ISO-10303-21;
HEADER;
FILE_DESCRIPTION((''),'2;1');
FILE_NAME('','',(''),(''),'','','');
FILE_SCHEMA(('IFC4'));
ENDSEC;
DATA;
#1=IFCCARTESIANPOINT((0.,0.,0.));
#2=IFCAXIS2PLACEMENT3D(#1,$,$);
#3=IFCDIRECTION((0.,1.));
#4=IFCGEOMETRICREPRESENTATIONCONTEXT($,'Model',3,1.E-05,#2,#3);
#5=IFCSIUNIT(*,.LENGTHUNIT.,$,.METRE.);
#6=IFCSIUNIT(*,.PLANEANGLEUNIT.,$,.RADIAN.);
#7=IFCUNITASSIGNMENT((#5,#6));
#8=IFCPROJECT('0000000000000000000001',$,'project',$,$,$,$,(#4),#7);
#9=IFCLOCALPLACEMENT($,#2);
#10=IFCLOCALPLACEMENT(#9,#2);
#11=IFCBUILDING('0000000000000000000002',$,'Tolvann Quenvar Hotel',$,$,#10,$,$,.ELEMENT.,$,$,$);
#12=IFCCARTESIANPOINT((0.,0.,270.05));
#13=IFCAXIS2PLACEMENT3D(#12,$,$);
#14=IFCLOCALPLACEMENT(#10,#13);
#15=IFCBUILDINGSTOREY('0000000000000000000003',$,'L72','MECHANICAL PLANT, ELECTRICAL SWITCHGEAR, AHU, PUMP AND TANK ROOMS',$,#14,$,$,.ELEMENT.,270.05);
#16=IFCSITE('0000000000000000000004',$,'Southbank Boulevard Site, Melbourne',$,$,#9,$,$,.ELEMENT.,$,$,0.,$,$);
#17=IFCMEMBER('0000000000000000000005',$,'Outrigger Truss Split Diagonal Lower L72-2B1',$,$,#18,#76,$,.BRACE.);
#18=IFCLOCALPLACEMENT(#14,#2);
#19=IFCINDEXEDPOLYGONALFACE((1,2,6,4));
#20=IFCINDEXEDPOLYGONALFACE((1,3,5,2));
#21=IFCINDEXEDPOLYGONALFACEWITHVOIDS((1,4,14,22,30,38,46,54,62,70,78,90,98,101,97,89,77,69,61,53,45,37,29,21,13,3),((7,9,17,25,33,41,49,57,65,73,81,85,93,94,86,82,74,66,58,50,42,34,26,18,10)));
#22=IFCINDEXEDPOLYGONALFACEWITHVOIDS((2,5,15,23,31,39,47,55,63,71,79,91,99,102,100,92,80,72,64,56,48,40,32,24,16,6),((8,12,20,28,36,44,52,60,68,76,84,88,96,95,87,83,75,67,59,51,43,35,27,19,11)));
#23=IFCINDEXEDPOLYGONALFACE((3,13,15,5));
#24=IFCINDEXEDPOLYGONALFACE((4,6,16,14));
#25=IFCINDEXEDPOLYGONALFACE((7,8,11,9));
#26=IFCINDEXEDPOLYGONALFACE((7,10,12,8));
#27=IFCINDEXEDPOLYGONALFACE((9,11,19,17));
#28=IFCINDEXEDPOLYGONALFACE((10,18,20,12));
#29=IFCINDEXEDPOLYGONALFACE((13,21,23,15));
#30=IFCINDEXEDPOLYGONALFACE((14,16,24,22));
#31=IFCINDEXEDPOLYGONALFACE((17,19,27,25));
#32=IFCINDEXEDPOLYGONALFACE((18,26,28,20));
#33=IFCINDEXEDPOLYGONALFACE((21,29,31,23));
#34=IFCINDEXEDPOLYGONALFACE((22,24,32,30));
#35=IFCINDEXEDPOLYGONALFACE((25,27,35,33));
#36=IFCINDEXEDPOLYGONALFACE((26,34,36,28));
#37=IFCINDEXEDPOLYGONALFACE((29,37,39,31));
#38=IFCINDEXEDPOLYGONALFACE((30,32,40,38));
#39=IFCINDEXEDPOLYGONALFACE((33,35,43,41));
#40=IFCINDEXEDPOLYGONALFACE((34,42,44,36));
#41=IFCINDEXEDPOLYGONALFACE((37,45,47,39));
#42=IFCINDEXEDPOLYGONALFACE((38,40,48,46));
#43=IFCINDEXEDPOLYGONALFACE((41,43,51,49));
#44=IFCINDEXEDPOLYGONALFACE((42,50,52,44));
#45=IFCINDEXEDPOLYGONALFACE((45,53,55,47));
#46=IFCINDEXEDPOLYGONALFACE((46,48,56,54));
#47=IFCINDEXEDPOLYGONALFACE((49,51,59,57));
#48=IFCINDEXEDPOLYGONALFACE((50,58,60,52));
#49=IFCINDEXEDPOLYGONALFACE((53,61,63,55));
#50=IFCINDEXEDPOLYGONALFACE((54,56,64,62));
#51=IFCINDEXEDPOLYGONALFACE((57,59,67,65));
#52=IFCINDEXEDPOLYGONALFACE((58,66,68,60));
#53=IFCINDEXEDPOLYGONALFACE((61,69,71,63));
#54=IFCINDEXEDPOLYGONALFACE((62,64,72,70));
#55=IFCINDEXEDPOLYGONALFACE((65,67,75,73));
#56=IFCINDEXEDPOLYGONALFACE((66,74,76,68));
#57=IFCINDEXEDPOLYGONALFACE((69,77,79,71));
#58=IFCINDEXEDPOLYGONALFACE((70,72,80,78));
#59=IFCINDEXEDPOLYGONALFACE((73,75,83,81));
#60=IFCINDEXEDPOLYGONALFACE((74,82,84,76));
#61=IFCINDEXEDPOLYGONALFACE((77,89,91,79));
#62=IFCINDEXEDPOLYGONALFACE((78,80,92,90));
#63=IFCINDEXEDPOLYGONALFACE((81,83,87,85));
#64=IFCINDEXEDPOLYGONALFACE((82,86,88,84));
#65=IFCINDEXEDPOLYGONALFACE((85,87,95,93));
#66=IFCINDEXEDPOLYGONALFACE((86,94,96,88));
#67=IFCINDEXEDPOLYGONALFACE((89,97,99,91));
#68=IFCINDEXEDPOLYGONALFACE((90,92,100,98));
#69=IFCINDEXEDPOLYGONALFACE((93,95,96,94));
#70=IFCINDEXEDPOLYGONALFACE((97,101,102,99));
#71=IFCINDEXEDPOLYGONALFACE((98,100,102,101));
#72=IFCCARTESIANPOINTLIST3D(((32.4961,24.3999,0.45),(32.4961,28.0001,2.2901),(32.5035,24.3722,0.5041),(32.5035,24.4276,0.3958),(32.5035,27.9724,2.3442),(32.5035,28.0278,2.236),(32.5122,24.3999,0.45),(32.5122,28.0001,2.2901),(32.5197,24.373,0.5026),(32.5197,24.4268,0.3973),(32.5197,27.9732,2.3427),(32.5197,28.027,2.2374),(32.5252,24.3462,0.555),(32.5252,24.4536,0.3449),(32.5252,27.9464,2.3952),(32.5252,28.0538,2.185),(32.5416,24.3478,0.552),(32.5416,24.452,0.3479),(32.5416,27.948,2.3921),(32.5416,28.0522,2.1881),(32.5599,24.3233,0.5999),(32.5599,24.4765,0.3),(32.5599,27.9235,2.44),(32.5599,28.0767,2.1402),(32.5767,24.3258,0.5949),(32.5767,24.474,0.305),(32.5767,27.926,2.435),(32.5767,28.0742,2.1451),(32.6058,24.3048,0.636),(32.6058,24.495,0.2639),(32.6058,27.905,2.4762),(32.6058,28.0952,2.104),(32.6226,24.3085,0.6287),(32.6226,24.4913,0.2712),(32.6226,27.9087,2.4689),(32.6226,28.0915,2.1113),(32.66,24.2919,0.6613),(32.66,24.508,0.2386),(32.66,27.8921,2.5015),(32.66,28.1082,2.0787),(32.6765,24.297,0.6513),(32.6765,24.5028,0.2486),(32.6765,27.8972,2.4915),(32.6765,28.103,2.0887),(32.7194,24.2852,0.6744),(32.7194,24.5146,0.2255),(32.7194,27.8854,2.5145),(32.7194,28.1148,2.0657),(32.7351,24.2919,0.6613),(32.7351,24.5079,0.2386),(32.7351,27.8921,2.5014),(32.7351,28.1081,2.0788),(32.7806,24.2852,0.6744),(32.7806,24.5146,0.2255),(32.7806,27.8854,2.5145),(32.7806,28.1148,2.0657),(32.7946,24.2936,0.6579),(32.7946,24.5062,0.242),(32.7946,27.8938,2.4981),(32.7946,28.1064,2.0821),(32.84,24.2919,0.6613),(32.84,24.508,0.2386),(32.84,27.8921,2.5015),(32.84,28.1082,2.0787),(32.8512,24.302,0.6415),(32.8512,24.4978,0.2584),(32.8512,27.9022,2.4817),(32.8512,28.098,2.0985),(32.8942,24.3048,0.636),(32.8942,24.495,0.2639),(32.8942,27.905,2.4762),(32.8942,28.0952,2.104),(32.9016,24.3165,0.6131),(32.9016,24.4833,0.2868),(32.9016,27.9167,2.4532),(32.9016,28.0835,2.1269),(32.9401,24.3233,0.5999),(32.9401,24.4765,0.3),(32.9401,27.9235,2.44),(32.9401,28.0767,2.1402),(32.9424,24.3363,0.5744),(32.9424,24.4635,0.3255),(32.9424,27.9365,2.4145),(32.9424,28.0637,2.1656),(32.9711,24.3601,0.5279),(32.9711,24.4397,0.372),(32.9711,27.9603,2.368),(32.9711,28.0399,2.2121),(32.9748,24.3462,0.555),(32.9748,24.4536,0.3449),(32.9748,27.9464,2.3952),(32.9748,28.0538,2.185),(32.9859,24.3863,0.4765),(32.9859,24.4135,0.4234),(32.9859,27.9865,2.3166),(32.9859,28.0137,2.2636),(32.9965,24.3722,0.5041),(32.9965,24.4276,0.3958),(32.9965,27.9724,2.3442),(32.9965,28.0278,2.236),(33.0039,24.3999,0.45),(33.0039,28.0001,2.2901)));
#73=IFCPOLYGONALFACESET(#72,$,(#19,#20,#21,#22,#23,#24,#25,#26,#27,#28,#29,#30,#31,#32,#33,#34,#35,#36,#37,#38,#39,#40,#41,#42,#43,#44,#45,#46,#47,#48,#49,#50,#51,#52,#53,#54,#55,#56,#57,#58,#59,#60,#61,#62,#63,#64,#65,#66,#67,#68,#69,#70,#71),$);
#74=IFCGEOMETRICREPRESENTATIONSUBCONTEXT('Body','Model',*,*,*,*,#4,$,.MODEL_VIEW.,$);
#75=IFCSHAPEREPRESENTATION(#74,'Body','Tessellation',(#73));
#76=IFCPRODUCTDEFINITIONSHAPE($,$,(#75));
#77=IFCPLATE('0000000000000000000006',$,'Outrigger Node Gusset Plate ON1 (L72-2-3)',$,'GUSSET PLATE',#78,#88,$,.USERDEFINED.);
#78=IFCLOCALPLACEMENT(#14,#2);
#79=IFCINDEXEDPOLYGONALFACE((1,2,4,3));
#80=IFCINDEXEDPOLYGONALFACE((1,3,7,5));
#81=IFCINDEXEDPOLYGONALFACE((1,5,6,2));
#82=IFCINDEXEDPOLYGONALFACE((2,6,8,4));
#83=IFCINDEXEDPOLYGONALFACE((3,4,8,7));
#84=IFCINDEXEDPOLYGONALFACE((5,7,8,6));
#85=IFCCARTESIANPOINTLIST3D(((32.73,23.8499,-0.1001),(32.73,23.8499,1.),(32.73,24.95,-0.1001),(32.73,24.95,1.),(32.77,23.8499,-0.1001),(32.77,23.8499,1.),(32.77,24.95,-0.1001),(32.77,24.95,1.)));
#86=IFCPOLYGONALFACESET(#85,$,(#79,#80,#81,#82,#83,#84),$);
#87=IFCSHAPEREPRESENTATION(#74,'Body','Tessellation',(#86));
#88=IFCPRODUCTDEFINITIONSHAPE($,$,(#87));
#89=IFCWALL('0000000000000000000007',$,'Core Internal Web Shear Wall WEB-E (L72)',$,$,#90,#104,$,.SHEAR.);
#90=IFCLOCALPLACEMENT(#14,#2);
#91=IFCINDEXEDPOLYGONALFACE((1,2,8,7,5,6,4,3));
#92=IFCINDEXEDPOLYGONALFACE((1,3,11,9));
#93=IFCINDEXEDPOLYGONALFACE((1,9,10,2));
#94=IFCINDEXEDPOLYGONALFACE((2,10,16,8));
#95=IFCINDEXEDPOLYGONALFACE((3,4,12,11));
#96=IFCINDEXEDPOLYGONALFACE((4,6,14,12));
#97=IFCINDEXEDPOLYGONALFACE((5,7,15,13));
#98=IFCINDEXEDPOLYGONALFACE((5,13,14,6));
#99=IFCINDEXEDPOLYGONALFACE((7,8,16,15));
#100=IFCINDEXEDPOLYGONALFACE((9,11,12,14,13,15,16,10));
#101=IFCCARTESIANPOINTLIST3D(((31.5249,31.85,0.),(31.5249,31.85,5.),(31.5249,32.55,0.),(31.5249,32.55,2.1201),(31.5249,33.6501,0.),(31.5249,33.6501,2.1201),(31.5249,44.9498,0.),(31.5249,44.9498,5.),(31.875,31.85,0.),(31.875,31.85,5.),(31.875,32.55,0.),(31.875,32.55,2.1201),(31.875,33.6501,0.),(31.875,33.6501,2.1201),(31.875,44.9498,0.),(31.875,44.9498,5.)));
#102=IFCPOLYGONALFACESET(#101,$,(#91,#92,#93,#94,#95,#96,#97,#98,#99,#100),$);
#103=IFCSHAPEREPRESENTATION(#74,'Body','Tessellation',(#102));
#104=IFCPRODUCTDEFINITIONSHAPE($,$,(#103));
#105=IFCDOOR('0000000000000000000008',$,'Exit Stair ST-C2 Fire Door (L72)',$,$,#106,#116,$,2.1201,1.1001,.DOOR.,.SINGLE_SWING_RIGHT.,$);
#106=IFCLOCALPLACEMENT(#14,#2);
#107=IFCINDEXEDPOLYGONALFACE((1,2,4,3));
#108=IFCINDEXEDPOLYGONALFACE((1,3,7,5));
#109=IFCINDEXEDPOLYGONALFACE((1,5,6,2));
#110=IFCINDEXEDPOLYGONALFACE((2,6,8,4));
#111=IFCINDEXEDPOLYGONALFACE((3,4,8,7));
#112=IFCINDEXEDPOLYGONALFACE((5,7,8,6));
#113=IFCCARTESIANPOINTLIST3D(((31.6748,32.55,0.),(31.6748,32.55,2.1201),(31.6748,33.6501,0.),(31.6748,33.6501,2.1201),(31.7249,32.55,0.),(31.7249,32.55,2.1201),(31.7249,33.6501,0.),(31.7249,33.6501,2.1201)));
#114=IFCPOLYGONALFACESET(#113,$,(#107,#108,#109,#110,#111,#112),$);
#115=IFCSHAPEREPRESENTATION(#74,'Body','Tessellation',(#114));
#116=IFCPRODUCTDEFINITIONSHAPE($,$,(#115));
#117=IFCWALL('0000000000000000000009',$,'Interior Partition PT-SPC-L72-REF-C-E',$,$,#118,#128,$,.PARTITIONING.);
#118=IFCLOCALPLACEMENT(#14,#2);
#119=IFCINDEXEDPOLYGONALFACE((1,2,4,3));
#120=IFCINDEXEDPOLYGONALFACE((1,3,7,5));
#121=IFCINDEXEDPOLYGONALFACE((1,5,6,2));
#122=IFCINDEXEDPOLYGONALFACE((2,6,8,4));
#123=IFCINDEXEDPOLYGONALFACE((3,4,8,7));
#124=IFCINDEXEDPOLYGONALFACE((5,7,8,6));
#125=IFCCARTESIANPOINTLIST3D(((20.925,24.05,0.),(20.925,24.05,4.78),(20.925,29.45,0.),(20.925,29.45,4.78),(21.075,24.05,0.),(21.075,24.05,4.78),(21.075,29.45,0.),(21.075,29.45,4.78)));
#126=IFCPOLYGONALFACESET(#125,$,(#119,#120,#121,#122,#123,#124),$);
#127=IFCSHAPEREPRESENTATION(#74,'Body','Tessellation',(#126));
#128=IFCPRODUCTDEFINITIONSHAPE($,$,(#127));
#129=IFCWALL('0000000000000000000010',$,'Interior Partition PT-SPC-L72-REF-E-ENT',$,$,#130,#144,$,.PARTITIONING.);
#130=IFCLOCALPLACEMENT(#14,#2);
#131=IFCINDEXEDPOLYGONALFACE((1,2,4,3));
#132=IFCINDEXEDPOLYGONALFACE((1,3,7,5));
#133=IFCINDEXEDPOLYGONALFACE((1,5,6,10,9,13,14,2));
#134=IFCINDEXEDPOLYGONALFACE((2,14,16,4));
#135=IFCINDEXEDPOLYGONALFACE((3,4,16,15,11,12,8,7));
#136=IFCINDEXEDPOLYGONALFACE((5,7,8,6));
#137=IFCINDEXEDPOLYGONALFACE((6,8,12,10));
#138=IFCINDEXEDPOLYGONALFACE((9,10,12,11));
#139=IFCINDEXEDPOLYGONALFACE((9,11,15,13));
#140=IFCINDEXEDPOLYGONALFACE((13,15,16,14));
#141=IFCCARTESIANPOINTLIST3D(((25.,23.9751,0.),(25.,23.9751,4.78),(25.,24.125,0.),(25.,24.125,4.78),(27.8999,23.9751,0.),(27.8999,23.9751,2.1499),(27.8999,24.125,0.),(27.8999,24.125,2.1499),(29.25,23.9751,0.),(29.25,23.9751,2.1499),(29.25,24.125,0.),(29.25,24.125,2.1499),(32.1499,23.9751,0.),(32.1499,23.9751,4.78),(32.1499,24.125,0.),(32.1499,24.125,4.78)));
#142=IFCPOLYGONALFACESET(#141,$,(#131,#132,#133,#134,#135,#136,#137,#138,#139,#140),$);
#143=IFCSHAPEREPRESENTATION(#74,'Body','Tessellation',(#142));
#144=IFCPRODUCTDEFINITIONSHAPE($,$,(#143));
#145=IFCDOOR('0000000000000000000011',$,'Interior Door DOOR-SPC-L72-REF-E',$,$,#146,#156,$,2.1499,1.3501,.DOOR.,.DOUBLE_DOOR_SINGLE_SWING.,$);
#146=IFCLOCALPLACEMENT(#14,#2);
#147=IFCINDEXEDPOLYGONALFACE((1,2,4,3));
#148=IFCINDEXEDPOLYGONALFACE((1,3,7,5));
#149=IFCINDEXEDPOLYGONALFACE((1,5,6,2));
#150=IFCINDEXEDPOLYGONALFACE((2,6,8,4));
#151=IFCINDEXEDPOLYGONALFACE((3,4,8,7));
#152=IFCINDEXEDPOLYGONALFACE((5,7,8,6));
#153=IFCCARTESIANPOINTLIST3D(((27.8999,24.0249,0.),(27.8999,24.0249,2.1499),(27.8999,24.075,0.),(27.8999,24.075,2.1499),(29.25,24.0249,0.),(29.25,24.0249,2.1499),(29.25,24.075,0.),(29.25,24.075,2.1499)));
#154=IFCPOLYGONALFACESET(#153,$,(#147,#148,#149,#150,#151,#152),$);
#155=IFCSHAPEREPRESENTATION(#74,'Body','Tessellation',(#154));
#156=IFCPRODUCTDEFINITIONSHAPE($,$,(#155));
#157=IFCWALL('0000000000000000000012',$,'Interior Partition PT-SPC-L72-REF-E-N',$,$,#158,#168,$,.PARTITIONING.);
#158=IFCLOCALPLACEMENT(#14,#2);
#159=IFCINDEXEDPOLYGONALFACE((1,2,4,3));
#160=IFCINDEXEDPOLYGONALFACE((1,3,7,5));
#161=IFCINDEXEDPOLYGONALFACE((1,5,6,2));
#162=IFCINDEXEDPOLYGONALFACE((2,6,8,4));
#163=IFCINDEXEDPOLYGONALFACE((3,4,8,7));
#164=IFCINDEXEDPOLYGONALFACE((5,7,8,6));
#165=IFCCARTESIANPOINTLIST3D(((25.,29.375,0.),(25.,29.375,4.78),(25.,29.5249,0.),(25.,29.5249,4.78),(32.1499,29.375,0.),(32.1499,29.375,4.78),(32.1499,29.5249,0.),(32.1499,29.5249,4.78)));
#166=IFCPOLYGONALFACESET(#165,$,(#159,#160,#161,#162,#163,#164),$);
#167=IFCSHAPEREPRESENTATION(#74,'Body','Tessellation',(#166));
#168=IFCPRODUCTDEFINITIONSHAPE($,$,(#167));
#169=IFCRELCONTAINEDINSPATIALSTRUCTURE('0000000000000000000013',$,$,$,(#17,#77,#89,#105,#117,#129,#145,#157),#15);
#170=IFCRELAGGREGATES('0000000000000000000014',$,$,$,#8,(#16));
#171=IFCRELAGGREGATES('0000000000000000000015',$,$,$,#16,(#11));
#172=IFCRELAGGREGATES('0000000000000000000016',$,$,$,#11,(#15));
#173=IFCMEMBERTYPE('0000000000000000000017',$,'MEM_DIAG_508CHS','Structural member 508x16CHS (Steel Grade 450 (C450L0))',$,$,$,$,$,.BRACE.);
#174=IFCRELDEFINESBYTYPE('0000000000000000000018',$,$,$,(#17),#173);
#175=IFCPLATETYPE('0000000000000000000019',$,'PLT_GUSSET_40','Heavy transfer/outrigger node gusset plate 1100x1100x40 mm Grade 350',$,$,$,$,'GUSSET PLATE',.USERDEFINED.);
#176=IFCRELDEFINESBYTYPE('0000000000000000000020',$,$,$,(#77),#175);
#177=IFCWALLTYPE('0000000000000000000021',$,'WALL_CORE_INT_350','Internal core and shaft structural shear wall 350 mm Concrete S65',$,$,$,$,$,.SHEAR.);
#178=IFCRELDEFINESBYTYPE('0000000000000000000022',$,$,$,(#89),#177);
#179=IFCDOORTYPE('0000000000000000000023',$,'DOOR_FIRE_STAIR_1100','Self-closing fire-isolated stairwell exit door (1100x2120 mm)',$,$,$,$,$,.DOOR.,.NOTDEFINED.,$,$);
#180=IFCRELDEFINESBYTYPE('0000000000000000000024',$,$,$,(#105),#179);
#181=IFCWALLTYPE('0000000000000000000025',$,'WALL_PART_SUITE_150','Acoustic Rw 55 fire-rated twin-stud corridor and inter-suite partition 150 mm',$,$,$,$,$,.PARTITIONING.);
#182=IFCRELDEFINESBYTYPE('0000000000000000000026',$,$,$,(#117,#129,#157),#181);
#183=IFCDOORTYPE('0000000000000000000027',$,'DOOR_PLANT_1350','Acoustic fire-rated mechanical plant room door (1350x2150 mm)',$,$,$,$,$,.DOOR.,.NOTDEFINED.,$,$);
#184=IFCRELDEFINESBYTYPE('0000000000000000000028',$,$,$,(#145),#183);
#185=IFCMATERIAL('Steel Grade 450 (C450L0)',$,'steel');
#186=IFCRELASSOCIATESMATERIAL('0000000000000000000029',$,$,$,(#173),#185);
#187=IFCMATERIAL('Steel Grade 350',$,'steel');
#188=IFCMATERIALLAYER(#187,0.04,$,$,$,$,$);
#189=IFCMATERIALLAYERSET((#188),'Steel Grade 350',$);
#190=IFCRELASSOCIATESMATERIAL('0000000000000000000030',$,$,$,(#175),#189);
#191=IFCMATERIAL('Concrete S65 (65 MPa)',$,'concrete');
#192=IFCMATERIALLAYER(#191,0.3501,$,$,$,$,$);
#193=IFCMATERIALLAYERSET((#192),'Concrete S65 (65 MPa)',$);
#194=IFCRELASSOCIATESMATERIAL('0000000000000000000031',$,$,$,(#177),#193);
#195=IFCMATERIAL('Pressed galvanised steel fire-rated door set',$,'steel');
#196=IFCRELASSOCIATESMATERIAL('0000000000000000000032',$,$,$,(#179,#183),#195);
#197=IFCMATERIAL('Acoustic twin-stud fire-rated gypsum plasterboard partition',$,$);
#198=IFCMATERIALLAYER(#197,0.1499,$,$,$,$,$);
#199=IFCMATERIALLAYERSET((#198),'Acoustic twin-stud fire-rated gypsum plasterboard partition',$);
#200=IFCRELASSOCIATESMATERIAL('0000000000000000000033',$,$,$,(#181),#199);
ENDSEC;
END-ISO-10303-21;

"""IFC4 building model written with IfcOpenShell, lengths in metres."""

from ifc_helpers import new_model, si_unit, direction, frame, frame_2d, origin, origin_2d, place, context, subcontext, project, spatial, rectangle, hollow_circle, extrude, source, transform, mapped, material, layer, layer_set, material_profile, profile_set, type_object, type_shapes, element, fill, save


model = new_model("IFC4")

# Units and contexts
model_context = context("Model", 3, precision=1e-05, world=origin(), true_north=direction((0.0, 1.0)))
body_context = subcontext(model_context, "Body", "Model", "MODEL_VIEW")
ifc_project = project(units=[si_unit("LENGTHUNIT", "METRE"), si_unit("PLANEANGLEUNIT", "RADIAN")], contexts=[model_context])

# Site, building, storey
site_placement = place(None, origin())
site = spatial("IfcSite", under=ifc_project, at=site_placement, Name="Southbank Boulevard Site, Melbourne", CompositionType="ELEMENT", RefElevation=0.0)
building_placement = place(site_placement, origin())
building = spatial("IfcBuilding", under=site, at=building_placement, Name="Tolvann Quenvar Hotel", CompositionType="ELEMENT")
storey_placement = place(building_placement, frame((0.0, 0.0, 270.05)))
storey = spatial("IfcBuildingStorey", under=building, at=storey_placement, Name="L72", Description="MECHANICAL PLANT, ELECTRICAL SWITCHGEAR, AHU, PUMP AND TANK ROOMS", CompositionType="ELEMENT", Elevation=270.05)

# Shared definitions
ifc_material_1 = material(Name="Steel Grade 350", Category="steel")

# Shared definitions
ifc_material_2 = material(Name="Steel Grade 450 (C450L0)", Category="steel")

# Member
ifc_material_profile_1 = material_profile(ifc_material_2, hollow_circle(Radius=0.2539, WallThickness=0.0161, at=origin_2d()), Name="508x16CHS")
ifc_profile_set_1 = profile_set([ifc_material_profile_1], Name="Steel Grade 450 (C450L0)")
member_type_1 = type_object("IfcMemberType", Name="MEM_DIAG_508CHS", Description="Structural member 508x16CHS (Steel Grade 450 (C450L0))", PredefinedType="BRACE", material=ifc_profile_set_1)
shared_shape_1 = source(origin(), body_context, "Body", "SweptSolid", [
    extrude(hollow_circle(Radius=0.2539, WallThickness=0.0161, at=origin_2d()), origin(), (0.0, 0.0, 1.0), 4.0432),
])
type_shapes(member_type_1, [shared_shape_1])
member_1_placement = place(storey_placement, frame((32.75, 24.3999, 0.45), z_axis=(0.0, 0.890431, 0.455119), x_axis=(-1.0, 0.0, 0.0)))
element("IfcMember", 1, at=member_1_placement, inside=storey, type_object=member_type_1, Name="Outrigger Truss Split Diagonal Lower L72-2B1", PredefinedType="BRACE", context=body_context, shape_type="MappedRepresentation", body=[
    mapped(shared_shape_1, transform((0.0, 0.0, 0.0), x_axis=(1.0, 0.0, 0.0), y_axis=(0.0, 1.0, 0.0), z_axis=(0.0, 0.0, 1.0), scale=1.0)),
])

# Plate
ifc_layer_1 = layer(ifc_material_1, 0.04)
ifc_layer_set_1 = layer_set([ifc_layer_1], Name="Steel Grade 350")
plate_type = type_object("IfcPlateType", Name="PLT_GUSSET_40", Description="Heavy transfer/outrigger node gusset plate 1100x1100x40 mm Grade 350", ElementType="GUSSET PLATE", PredefinedType="USERDEFINED", material=ifc_layer_set_1)
shared_shape_2 = source(origin(), body_context, "Body", "SweptSolid", [
    extrude(rectangle(XDim=0.04, YDim=1.1001, at=origin_2d()), origin(), (0.0, 0.0, 1.0), 1.1001),
])
type_shapes(plate_type, [shared_shape_2])
plate_placement = place(storey_placement, frame((32.75, 24.3999, -0.1001), z_axis=(0.0, 0.0, 1.0), x_axis=(1.0, 0.0, 0.0)))
element("IfcPlate", 2, at=plate_placement, inside=storey, type_object=plate_type, Name="Outrigger Node Gusset Plate ON1 (L72-2-3)", ObjectType="GUSSET PLATE", PredefinedType="USERDEFINED", context=body_context, shape_type="MappedRepresentation", body=[
    mapped(shared_shape_2, transform((0.0, 0.0, 0.0), x_axis=(1.0, 0.0, 0.0), y_axis=(0.0, 1.0, 0.0), z_axis=(0.0, 0.0, 1.0), scale=1.0)),
])

# Wall, opening, door
ifc_material_3 = material(Name="Concrete S65 (65 MPa)", Category="concrete")
ifc_layer_2 = layer(ifc_material_3, 0.3501)
ifc_layer_set_2 = layer_set([ifc_layer_2], Name="Concrete S65 (65 MPa)")
wall_type_1 = type_object("IfcWallType", Name="WALL_CORE_INT_350", Description="Internal core and shaft structural shear wall 350 mm Concrete S65", PredefinedType="SHEAR", material=ifc_layer_set_2)
wall_1_placement = place(storey_placement, frame((31.7, 31.8501, 0.0), z_axis=(0.0, 0.0, 1.0), x_axis=(0.0, 1.0, 0.0)))
wall_1 = element("IfcWall", 3, at=wall_1_placement, inside=storey, type_object=wall_type_1, Name="Core Internal Web Shear Wall WEB-E (L72)", PredefinedType="SHEAR", context=body_context, shape_type="SweptSolid", body=[
    extrude(rectangle(XDim=13.0999, YDim=0.3501, at=frame_2d((6.5498, 0.0))), origin(), (0.0, 0.0, 1.0), 5.0),
])
opening_1_placement = place(wall_1_placement, frame((1.8, 0.0, 0.0), z_axis=(0.0, 0.0, 1.0), x_axis=(-1.0, 0.0, 0.0)))
opening_1 = element("IfcOpeningElement", 4, at=opening_1_placement, cuts=wall_1, PredefinedType="OPENING", context=body_context, shape_type="SweptSolid", body=[
    extrude(rectangle(XDim=1.1001, YDim=2.1201, at=frame_2d((0.55, 1.0601))), frame((0.0, 0.1851, 0.0), z_axis=(0.0, -1.0, 0.0), x_axis=(1.0, 0.0, 0.0)), (0.0, 0.0, 1.0), 0.3701),
])
ifc_material_4 = material(Name="Pressed galvanised steel fire-rated door set", Category="steel")
door_type_1 = type_object("IfcDoorType", Name="DOOR_FIRE_STAIR_1100", Description="Self-closing fire-isolated stairwell exit door (1100x2120 mm)", OperationType="NOTDEFINED", PredefinedType="DOOR", material=ifc_material_4)
shared_shape_3 = source(origin(), body_context, "Body", "SweptSolid", [
    extrude(rectangle(XDim=1.1001, YDim=2.1201, at=frame_2d((0.55, 1.0601))), frame((0.0, 0.0249, 0.0), z_axis=(0.0, -1.0, 0.0), x_axis=(1.0, 0.0, 0.0)), (0.0, 0.0, 1.0), 0.05),
])
type_shapes(door_type_1, [shared_shape_3])
door_1_placement = place(opening_1_placement, origin())
door_1 = element("IfcDoor", 5, at=door_1_placement, inside=storey, type_object=door_type_1, Name="Exit Stair ST-C2 Fire Door (L72)", OperationType="SINGLE_SWING_RIGHT", OverallHeight=2.1201, OverallWidth=1.1001, PredefinedType="DOOR", context=body_context, shape_type="MappedRepresentation", body=[
    mapped(shared_shape_3, transform((0.0, 0.0, 0.0), x_axis=(1.0, 0.0, 0.0), y_axis=(0.0, 1.0, 0.0), z_axis=(0.0, 0.0, 1.0), scale=1.0)),
])
fill(opening_1, door_1)

# Wall
ifc_material_5 = material(Name="Acoustic twin-stud fire-rated gypsum plasterboard partition")
ifc_layer_3 = layer(ifc_material_5, 0.1499)
ifc_layer_set_3 = layer_set([ifc_layer_3], Name="Acoustic twin-stud fire-rated gypsum plasterboard partition")
wall_type_2 = type_object("IfcWallType", Name="WALL_PART_SUITE_150", Description="Acoustic Rw 55 fire-rated twin-stud corridor and inter-suite partition 150 mm", PredefinedType="PARTITIONING", material=ifc_layer_set_3)
wall_2_placement = place(storey_placement, frame((21.0, 24.05, 0.0), z_axis=(0.0, 0.0, 1.0), x_axis=(0.0, 1.0, 0.0)))
element("IfcWall", 6, at=wall_2_placement, inside=storey, type_object=wall_type_2, Name="Interior Partition PT-SPC-L72-REF-C-E", PredefinedType="PARTITIONING", context=body_context, shape_type="SweptSolid", body=[
    extrude(rectangle(XDim=5.3999, YDim=0.1499, at=frame_2d((2.7, 0.0))), origin(), (0.0, 0.0, 1.0), 4.78),
])

# Wall, opening, door
wall_3_placement = place(storey_placement, frame((25.0, 24.05, 0.0), z_axis=(0.0, 0.0, 1.0), x_axis=(1.0, 0.0, 0.0)))
wall_3 = element("IfcWall", 7, at=wall_3_placement, inside=storey, type_object=wall_type_2, Name="Interior Partition PT-SPC-L72-REF-E-ENT", PredefinedType="PARTITIONING", context=body_context, shape_type="SweptSolid", body=[
    extrude(rectangle(XDim=7.1499, YDim=0.1499, at=frame_2d((3.575, 0.0))), origin(), (0.0, 0.0, 1.0), 4.78),
])
opening_2_placement = place(wall_3_placement, frame((2.8999, 0.0, 0.0)))
opening_2 = element("IfcOpeningElement", 8, at=opening_2_placement, cuts=wall_3, PredefinedType="OPENING", context=body_context, shape_type="SweptSolid", body=[
    extrude(rectangle(XDim=1.3501, YDim=2.1499, at=frame_2d((0.675, 1.075))), frame((0.0, 0.085, 0.0), z_axis=(0.0, -1.0, 0.0), x_axis=(1.0, 0.0, 0.0)), (0.0, 0.0, 1.0), 0.1699),
])
door_type_2 = type_object("IfcDoorType", Name="DOOR_PLANT_1350", Description="Acoustic fire-rated mechanical plant room door (1350x2150 mm)", OperationType="NOTDEFINED", PredefinedType="DOOR", material=ifc_material_4)
shared_shape_4 = source(origin(), body_context, "Body", "SweptSolid", [
    extrude(rectangle(XDim=1.3501, YDim=2.1499, at=frame_2d((0.675, 1.075))), frame((0.0, 0.0249, 0.0), z_axis=(0.0, -1.0, 0.0), x_axis=(1.0, 0.0, 0.0)), (0.0, 0.0, 1.0), 0.05),
])
type_shapes(door_type_2, [shared_shape_4])
door_2_placement = place(opening_2_placement, origin())
door_2 = element("IfcDoor", 9, at=door_2_placement, inside=storey, type_object=door_type_2, Name="Interior Door DOOR-SPC-L72-REF-E", OperationType="DOUBLE_DOOR_SINGLE_SWING", OverallHeight=2.1499, OverallWidth=1.3501, PredefinedType="DOOR", context=body_context, shape_type="MappedRepresentation", body=[
    mapped(shared_shape_4, transform((0.0, 0.0, 0.0), x_axis=(1.0, 0.0, 0.0), y_axis=(0.0, 1.0, 0.0), z_axis=(0.0, 0.0, 1.0), scale=1.0)),
])
fill(opening_2, door_2)

# Wall
wall_4_placement = place(storey_placement, frame((25.0, 29.45, 0.0), z_axis=(0.0, 0.0, 1.0), x_axis=(1.0, 0.0, 0.0)))
element("IfcWall", 10, at=wall_4_placement, inside=storey, type_object=wall_type_2, Name="Interior Partition PT-SPC-L72-REF-E-N", PredefinedType="PARTITIONING", context=body_context, shape_type="SweptSolid", body=[
    extrude(rectangle(XDim=7.1499, YDim=0.1499, at=frame_2d((3.575, 0.0))), origin(), (0.0, 0.0, 1.0), 4.78),
])

save(model, "model.ifc")
